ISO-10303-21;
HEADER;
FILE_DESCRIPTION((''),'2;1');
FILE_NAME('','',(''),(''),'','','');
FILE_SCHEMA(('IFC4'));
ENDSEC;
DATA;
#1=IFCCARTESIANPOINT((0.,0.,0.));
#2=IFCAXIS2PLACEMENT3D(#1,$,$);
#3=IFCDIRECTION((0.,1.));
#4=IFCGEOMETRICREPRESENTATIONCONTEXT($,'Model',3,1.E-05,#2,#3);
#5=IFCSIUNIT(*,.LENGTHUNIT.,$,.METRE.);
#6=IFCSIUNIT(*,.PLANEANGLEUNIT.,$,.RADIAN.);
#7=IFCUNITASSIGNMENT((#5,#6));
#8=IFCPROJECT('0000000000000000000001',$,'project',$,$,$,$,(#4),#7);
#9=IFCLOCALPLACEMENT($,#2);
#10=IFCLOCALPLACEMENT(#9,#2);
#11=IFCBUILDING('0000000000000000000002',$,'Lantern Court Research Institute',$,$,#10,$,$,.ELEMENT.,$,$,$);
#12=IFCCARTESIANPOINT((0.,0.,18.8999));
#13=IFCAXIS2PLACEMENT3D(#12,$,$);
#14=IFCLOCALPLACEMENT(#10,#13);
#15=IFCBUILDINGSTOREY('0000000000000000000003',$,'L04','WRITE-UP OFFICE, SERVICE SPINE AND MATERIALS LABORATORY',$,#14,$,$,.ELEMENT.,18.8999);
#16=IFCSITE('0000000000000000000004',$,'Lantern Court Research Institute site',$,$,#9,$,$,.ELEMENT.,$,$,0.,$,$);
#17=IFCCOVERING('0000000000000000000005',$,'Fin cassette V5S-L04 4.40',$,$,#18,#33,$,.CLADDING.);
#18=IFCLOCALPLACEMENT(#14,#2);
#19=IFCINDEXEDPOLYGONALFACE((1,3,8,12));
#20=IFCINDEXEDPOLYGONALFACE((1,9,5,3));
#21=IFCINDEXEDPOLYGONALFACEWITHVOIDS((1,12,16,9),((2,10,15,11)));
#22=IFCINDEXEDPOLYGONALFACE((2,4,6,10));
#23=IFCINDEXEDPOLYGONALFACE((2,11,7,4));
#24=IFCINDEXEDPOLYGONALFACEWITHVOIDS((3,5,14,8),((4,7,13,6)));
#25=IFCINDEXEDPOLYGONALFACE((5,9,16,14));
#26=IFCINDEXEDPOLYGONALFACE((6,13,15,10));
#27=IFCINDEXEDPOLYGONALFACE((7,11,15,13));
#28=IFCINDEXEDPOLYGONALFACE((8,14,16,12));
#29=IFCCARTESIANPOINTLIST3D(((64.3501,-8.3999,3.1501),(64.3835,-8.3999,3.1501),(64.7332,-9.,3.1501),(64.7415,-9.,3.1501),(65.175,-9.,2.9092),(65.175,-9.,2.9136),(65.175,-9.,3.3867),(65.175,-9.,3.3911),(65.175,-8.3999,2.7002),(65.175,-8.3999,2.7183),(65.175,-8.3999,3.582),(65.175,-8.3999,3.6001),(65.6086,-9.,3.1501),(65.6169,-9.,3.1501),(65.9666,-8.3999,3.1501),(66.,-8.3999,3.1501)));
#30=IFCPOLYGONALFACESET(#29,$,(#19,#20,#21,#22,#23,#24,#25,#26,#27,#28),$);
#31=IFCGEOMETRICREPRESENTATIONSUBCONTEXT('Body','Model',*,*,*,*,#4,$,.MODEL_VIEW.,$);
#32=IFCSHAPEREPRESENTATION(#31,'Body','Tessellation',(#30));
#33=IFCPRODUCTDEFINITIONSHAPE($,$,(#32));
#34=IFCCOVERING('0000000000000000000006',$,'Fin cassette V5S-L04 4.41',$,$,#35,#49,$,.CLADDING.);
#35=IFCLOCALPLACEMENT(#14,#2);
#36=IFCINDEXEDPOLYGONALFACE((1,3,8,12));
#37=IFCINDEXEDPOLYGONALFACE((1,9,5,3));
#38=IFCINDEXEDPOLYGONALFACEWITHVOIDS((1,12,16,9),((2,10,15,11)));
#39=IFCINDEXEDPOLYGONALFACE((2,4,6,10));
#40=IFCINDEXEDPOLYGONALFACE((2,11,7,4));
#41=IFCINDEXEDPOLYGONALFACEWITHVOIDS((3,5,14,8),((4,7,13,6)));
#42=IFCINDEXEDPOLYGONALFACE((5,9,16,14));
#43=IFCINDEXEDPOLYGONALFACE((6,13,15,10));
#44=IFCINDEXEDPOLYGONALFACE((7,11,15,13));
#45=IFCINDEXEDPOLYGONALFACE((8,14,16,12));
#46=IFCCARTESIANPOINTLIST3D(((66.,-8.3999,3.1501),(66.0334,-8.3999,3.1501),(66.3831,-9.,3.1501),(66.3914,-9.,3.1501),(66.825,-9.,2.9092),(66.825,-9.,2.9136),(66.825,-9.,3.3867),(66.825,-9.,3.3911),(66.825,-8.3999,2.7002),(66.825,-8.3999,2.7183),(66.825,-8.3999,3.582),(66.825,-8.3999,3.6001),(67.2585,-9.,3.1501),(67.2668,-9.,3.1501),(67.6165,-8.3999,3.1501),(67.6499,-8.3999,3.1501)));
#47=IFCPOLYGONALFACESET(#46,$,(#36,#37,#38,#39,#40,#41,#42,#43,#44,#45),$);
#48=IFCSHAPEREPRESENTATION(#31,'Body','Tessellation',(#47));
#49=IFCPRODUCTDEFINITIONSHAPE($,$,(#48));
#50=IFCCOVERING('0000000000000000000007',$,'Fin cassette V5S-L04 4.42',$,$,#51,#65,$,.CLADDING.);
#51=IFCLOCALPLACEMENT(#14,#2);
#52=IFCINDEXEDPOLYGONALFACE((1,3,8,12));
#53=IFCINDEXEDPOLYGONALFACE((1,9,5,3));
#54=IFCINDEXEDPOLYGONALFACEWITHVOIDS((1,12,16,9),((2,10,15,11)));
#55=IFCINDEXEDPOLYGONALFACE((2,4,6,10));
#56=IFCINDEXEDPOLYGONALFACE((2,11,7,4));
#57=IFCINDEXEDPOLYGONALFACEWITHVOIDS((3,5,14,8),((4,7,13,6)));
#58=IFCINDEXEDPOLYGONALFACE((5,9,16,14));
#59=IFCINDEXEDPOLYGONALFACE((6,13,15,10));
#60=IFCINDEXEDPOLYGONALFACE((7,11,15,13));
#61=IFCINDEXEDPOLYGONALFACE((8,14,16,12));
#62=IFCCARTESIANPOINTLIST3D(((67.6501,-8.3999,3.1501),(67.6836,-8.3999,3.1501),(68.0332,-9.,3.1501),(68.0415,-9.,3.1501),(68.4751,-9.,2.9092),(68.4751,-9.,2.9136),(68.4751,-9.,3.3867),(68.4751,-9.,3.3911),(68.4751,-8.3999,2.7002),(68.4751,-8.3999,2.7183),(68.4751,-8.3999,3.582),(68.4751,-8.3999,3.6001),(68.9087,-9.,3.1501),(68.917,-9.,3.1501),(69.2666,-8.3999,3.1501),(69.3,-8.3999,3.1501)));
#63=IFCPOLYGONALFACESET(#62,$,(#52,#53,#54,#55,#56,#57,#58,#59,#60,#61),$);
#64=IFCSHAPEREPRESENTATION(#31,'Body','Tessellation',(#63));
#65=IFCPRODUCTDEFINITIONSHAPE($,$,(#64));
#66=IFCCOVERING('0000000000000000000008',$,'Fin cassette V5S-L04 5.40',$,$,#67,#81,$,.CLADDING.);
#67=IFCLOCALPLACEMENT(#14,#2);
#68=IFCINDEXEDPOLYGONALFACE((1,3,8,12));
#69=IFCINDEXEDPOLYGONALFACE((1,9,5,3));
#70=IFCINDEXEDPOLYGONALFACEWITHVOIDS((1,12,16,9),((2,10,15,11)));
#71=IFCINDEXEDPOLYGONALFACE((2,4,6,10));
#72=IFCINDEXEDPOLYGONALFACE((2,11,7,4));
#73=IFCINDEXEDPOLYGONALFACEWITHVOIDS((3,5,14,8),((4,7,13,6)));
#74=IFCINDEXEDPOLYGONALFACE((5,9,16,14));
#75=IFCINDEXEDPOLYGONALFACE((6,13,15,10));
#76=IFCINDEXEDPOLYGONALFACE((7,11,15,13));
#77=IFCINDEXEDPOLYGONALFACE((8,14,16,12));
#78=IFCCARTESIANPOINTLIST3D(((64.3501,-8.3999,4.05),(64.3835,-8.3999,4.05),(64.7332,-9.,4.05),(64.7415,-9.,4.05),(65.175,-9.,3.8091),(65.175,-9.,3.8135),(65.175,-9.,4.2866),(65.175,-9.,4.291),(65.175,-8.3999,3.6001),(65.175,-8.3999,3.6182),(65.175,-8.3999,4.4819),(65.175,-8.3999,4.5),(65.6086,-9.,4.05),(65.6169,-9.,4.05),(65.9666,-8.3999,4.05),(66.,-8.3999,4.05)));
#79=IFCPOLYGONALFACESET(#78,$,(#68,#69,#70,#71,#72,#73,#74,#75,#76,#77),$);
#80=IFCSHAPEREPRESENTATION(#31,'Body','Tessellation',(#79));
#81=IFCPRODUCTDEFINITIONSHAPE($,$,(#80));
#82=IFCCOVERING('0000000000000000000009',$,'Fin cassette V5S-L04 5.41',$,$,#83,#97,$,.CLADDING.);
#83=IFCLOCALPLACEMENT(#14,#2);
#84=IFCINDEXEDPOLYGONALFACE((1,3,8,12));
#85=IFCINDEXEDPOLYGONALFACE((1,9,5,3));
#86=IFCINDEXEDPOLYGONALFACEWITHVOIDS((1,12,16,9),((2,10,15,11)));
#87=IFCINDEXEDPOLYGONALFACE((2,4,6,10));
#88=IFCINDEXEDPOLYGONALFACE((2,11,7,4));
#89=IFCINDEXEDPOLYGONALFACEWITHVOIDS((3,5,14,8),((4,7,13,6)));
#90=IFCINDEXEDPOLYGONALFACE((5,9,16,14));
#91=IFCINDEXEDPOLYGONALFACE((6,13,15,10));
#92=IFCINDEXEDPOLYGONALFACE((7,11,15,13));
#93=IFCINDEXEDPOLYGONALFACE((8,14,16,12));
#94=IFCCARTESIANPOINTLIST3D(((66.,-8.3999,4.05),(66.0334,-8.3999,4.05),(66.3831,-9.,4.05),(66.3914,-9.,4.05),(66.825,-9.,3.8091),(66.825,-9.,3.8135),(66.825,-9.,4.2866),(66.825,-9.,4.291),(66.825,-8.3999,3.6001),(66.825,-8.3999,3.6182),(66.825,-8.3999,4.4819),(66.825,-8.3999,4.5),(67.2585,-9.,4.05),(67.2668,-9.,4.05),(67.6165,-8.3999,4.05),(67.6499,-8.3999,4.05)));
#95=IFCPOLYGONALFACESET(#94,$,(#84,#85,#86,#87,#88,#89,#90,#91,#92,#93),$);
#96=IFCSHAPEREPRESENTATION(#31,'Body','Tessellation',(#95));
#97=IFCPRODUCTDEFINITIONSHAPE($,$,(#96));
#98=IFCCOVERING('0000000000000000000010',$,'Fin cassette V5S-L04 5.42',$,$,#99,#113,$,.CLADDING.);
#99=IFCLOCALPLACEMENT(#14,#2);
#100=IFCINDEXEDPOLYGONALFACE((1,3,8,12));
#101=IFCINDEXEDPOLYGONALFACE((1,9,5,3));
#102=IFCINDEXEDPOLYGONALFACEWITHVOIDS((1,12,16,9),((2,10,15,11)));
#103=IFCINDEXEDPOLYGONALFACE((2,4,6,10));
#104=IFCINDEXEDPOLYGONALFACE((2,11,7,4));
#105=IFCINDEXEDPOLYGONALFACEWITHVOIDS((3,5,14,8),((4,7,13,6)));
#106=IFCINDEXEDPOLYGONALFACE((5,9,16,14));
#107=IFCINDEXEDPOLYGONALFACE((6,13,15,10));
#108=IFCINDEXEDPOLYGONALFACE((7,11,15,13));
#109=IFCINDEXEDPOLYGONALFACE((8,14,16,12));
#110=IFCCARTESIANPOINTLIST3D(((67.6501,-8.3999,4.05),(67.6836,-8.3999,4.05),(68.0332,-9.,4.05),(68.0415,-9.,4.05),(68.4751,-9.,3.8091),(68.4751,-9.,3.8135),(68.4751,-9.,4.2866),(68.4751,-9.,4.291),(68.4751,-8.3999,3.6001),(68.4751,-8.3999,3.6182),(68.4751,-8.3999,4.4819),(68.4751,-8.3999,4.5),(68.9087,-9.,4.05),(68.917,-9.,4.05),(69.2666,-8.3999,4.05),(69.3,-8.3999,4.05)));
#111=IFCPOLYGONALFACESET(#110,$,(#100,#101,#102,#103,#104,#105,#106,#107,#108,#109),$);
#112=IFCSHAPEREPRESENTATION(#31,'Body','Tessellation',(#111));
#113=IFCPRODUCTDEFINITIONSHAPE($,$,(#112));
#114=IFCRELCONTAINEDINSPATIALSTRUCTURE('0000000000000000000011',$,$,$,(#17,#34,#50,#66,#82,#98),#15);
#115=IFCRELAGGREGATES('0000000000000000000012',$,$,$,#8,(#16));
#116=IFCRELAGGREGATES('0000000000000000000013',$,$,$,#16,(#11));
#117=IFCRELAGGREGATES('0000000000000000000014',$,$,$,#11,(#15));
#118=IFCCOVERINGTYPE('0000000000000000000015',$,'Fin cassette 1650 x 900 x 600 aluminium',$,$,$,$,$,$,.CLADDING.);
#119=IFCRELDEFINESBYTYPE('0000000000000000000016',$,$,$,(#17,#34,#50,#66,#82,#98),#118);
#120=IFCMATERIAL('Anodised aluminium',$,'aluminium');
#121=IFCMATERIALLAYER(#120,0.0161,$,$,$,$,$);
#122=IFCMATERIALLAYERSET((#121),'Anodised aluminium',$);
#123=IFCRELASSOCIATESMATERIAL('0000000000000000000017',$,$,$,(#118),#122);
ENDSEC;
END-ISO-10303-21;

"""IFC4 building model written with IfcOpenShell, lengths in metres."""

from ifc_helpers import new_model, entity, si_unit, direction, frame, origin, place, context, subcontext, project, spatial, material, layer, layer_set, type_object, element, save


model = new_model("IFC4")

# Units and contexts
model_context = context("Model", 3, precision=1e-05, world=origin(), true_north=direction((0.0, 1.0)))
body_context = subcontext(model_context, "Body", "Model", "MODEL_VIEW")
ifc_project = project(units=[si_unit("LENGTHUNIT", "METRE"), si_unit("PLANEANGLEUNIT", "RADIAN")], contexts=[model_context])

# Site, building, storey
site_placement = place(None, origin())
site = spatial("IfcSite", under=ifc_project, at=site_placement, Name="Lantern Court Research Institute site", CompositionType="ELEMENT", RefElevation=0.0)
building_placement = place(site_placement, origin())
building = spatial("IfcBuilding", under=site, at=building_placement, Name="Lantern Court Research Institute", CompositionType="ELEMENT")
storey_placement = place(building_placement, frame((0.0, 0.0, 18.8999)))
storey = spatial("IfcBuildingStorey", under=building, at=storey_placement, Name="L04", Description="WRITE-UP OFFICE, SERVICE SPINE AND MATERIALS LABORATORY", CompositionType="ELEMENT", Elevation=18.8999)

# Coverings
ifc_material_1 = material(Name="Anodised aluminium", Category="aluminium")
ifc_layer_1 = layer(ifc_material_1, 0.0161)
ifc_layer_set_1 = layer_set([ifc_layer_1], Name="Anodised aluminium")
covering_type = type_object("IfcCoveringType", Name="Fin cassette 1650 x 900 x 600 aluminium", PredefinedType="CLADDING", material=ifc_layer_set_1)
covering_1_placement = place(storey_placement, frame((65.175, -8.3999, 3.1501), z_axis=(0.0, -1.0, 0.0), x_axis=(1.0, 0.0, 0.0)))
cartesian_point_1 = entity("IfcCartesianPoint", [0.825, 0.0])
cartesian_point_2 = entity("IfcCartesianPoint", [0.7915, 0.0])
cartesian_point_3 = entity("IfcCartesianPoint", [0.4419, 0.0])
cartesian_point_4 = entity("IfcCartesianPoint", [0.4336, 0.0])
element("IfcCovering", 1, at=covering_1_placement, inside=storey, type_object=covering_type, Name="Fin cassette V5S-L04 4.40", PredefinedType="CLADDING", context=body_context, shape_type="SweptSolid", body=[
    entity("IfcExtrudedAreaSolidTapered", entity("IfcArbitraryProfileDefWithVoids", "AREA", None, entity("IfcPolyline", [cartesian_point_1, entity("IfcCartesianPoint", [0.0, 0.45]), entity("IfcCartesianPoint", [-0.825, 0.0]), entity("IfcCartesianPoint", [0.0, -0.45]), cartesian_point_1]), [entity("IfcPolyline", [cartesian_point_2, entity("IfcCartesianPoint", [0.0, 0.4319]), entity("IfcCartesianPoint", [-0.7915, 0.0]), entity("IfcCartesianPoint", [0.0, -0.4319]), cartesian_point_2])]), entity("IfcAxis2Placement3D", entity("IfcCartesianPoint", [0.0, 0.0, 0.0])), entity("IfcDirection", [0.0, 0.0, 1.0]), 0.6001, entity("IfcArbitraryProfileDefWithVoids", "AREA", None, entity("IfcPolyline", [cartesian_point_3, entity("IfcCartesianPoint", [0.0, 0.241]), entity("IfcCartesianPoint", [-0.4419, 0.0]), entity("IfcCartesianPoint", [0.0, -0.241]), cartesian_point_3]), [entity("IfcPolyline", [cartesian_point_4, entity("IfcCartesianPoint", [0.0, 0.2366]), entity("IfcCartesianPoint", [-0.4336, 0.0]), entity("IfcCartesianPoint", [0.0, -0.2366]), cartesian_point_4])])),
])
covering_2_placement = place(storey_placement, frame((66.825, -8.3999, 3.1501), z_axis=(0.0, -1.0, 0.0), x_axis=(1.0, 0.0, 0.0)))
cartesian_point_5 = entity("IfcCartesianPoint", [0.825, 0.0])
cartesian_point_6 = entity("IfcCartesianPoint", [0.7915, 0.0])
cartesian_point_7 = entity("IfcCartesianPoint", [0.4419, 0.0])
cartesian_point_8 = entity("IfcCartesianPoint", [0.4336, 0.0])
element("IfcCovering", 2, at=covering_2_placement, inside=storey, type_object=covering_type, Name="Fin cassette V5S-L04 4.41", PredefinedType="CLADDING", context=body_context, shape_type="SweptSolid", body=[
    entity("IfcExtrudedAreaSolidTapered", entity("IfcArbitraryProfileDefWithVoids", "AREA", None, entity("IfcPolyline", [cartesian_point_5, entity("IfcCartesianPoint", [0.0, 0.45]), entity("IfcCartesianPoint", [-0.825, 0.0]), entity("IfcCartesianPoint", [0.0, -0.45]), cartesian_point_5]), [entity("IfcPolyline", [cartesian_point_6, entity("IfcCartesianPoint", [0.0, 0.4319]), entity("IfcCartesianPoint", [-0.7915, 0.0]), entity("IfcCartesianPoint", [0.0, -0.4319]), cartesian_point_6])]), entity("IfcAxis2Placement3D", entity("IfcCartesianPoint", [0.0, 0.0, 0.0])), entity("IfcDirection", [0.0, 0.0, 1.0]), 0.6001, entity("IfcArbitraryProfileDefWithVoids", "AREA", None, entity("IfcPolyline", [cartesian_point_7, entity("IfcCartesianPoint", [0.0, 0.241]), entity("IfcCartesianPoint", [-0.4419, 0.0]), entity("IfcCartesianPoint", [0.0, -0.241]), cartesian_point_7]), [entity("IfcPolyline", [cartesian_point_8, entity("IfcCartesianPoint", [0.0, 0.2366]), entity("IfcCartesianPoint", [-0.4336, 0.0]), entity("IfcCartesianPoint", [0.0, -0.2366]), cartesian_point_8])])),
])
covering_3_placement = place(storey_placement, frame((68.4751, -8.3999, 3.1501), z_axis=(0.0, -1.0, 0.0), x_axis=(1.0, 0.0, 0.0)))
cartesian_point_9 = entity("IfcCartesianPoint", [0.825, 0.0])
cartesian_point_10 = entity("IfcCartesianPoint", [0.7915, 0.0])
cartesian_point_11 = entity("IfcCartesianPoint", [0.4419, 0.0])
cartesian_point_12 = entity("IfcCartesianPoint", [0.4336, 0.0])
element("IfcCovering", 3, at=covering_3_placement, inside=storey, type_object=covering_type, Name="Fin cassette V5S-L04 4.42", PredefinedType="CLADDING", context=body_context, shape_type="SweptSolid", body=[
    entity("IfcExtrudedAreaSolidTapered", entity("IfcArbitraryProfileDefWithVoids", "AREA", None, entity("IfcPolyline", [cartesian_point_9, entity("IfcCartesianPoint", [0.0, 0.45]), entity("IfcCartesianPoint", [-0.825, 0.0]), entity("IfcCartesianPoint", [0.0, -0.45]), cartesian_point_9]), [entity("IfcPolyline", [cartesian_point_10, entity("IfcCartesianPoint", [0.0, 0.4319]), entity("IfcCartesianPoint", [-0.7915, 0.0]), entity("IfcCartesianPoint", [0.0, -0.4319]), cartesian_point_10])]), entity("IfcAxis2Placement3D", entity("IfcCartesianPoint", [0.0, 0.0, 0.0])), entity("IfcDirection", [0.0, 0.0, 1.0]), 0.6001, entity("IfcArbitraryProfileDefWithVoids", "AREA", None, entity("IfcPolyline", [cartesian_point_11, entity("IfcCartesianPoint", [0.0, 0.241]), entity("IfcCartesianPoint", [-0.4419, 0.0]), entity("IfcCartesianPoint", [0.0, -0.241]), cartesian_point_11]), [entity("IfcPolyline", [cartesian_point_12, entity("IfcCartesianPoint", [0.0, 0.2366]), entity("IfcCartesianPoint", [-0.4336, 0.0]), entity("IfcCartesianPoint", [0.0, -0.2366]), cartesian_point_12])])),
])
covering_4_placement = place(storey_placement, frame((65.175, -8.3999, 4.05), z_axis=(0.0, -1.0, 0.0), x_axis=(1.0, 0.0, 0.0)))
cartesian_point_13 = entity("IfcCartesianPoint", [0.825, 0.0])
cartesian_point_14 = entity("IfcCartesianPoint", [0.7915, 0.0])
cartesian_point_15 = entity("IfcCartesianPoint", [0.4419, 0.0])
cartesian_point_16 = entity("IfcCartesianPoint", [0.4336, 0.0])
element("IfcCovering", 4, at=covering_4_placement, inside=storey, type_object=covering_type, Name="Fin cassette V5S-L04 5.40", PredefinedType="CLADDING", context=body_context, shape_type="SweptSolid", body=[
    entity("IfcExtrudedAreaSolidTapered", entity("IfcArbitraryProfileDefWithVoids", "AREA", None, entity("IfcPolyline", [cartesian_point_13, entity("IfcCartesianPoint", [0.0, 0.45]), entity("IfcCartesianPoint", [-0.825, 0.0]), entity("IfcCartesianPoint", [0.0, -0.45]), cartesian_point_13]), [entity("IfcPolyline", [cartesian_point_14, entity("IfcCartesianPoint", [0.0, 0.4319]), entity("IfcCartesianPoint", [-0.7915, 0.0]), entity("IfcCartesianPoint", [0.0, -0.4319]), cartesian_point_14])]), entity("IfcAxis2Placement3D", entity("IfcCartesianPoint", [0.0, 0.0, 0.0])), entity("IfcDirection", [0.0, 0.0, 1.0]), 0.6001, entity("IfcArbitraryProfileDefWithVoids", "AREA", None, entity("IfcPolyline", [cartesian_point_15, entity("IfcCartesianPoint", [0.0, 0.241]), entity("IfcCartesianPoint", [-0.4419, 0.0]), entity("IfcCartesianPoint", [0.0, -0.241]), cartesian_point_15]), [entity("IfcPolyline", [cartesian_point_16, entity("IfcCartesianPoint", [0.0, 0.2366]), entity("IfcCartesianPoint", [-0.4336, 0.0]), entity("IfcCartesianPoint", [0.0, -0.2366]), cartesian_point_16])])),
])
covering_5_placement = place(storey_placement, frame((66.825, -8.3999, 4.05), z_axis=(0.0, -1.0, 0.0), x_axis=(1.0, 0.0, 0.0)))
cartesian_point_17 = entity("IfcCartesianPoint", [0.825, 0.0])
cartesian_point_18 = entity("IfcCartesianPoint", [0.7915, 0.0])
cartesian_point_19 = entity("IfcCartesianPoint", [0.4419, 0.0])
cartesian_point_20 = entity("IfcCartesianPoint", [0.4336, 0.0])
element("IfcCovering", 5, at=covering_5_placement, inside=storey, type_object=covering_type, Name="Fin cassette V5S-L04 5.41", PredefinedType="CLADDING", context=body_context, shape_type="SweptSolid", body=[
    entity("IfcExtrudedAreaSolidTapered", entity("IfcArbitraryProfileDefWithVoids", "AREA", None, entity("IfcPolyline", [cartesian_point_17, entity("IfcCartesianPoint", [0.0, 0.45]), entity("IfcCartesianPoint", [-0.825, 0.0]), entity("IfcCartesianPoint", [0.0, -0.45]), cartesian_point_17]), [entity("IfcPolyline", [cartesian_point_18, entity("IfcCartesianPoint", [0.0, 0.4319]), entity("IfcCartesianPoint", [-0.7915, 0.0]), entity("IfcCartesianPoint", [0.0, -0.4319]), cartesian_point_18])]), entity("IfcAxis2Placement3D", entity("IfcCartesianPoint", [0.0, 0.0, 0.0])), entity("IfcDirection", [0.0, 0.0, 1.0]), 0.6001, entity("IfcArbitraryProfileDefWithVoids", "AREA", None, entity("IfcPolyline", [cartesian_point_19, entity("IfcCartesianPoint", [0.0, 0.241]), entity("IfcCartesianPoint", [-0.4419, 0.0]), entity("IfcCartesianPoint", [0.0, -0.241]), cartesian_point_19]), [entity("IfcPolyline", [cartesian_point_20, entity("IfcCartesianPoint", [0.0, 0.2366]), entity("IfcCartesianPoint", [-0.4336, 0.0]), entity("IfcCartesianPoint", [0.0, -0.2366]), cartesian_point_20])])),
])
covering_6_placement = place(storey_placement, frame((68.4751, -8.3999, 4.05), z_axis=(0.0, -1.0, 0.0), x_axis=(1.0, 0.0, 0.0)))
cartesian_point_21 = entity("IfcCartesianPoint", [0.825, 0.0])
cartesian_point_22 = entity("IfcCartesianPoint", [0.7915, 0.0])
cartesian_point_23 = entity("IfcCartesianPoint", [0.4419, 0.0])
cartesian_point_24 = entity("IfcCartesianPoint", [0.4336, 0.0])
element("IfcCovering", 6, at=covering_6_placement, inside=storey, type_object=covering_type, Name="Fin cassette V5S-L04 5.42", PredefinedType="CLADDING", context=body_context, shape_type="SweptSolid", body=[
    entity("IfcExtrudedAreaSolidTapered", entity("IfcArbitraryProfileDefWithVoids", "AREA", None, entity("IfcPolyline", [cartesian_point_21, entity("IfcCartesianPoint", [0.0, 0.45]), entity("IfcCartesianPoint", [-0.825, 0.0]), entity("IfcCartesianPoint", [0.0, -0.45]), cartesian_point_21]), [entity("IfcPolyline", [cartesian_point_22, entity("IfcCartesianPoint", [0.0, 0.4319]), entity("IfcCartesianPoint", [-0.7915, 0.0]), entity("IfcCartesianPoint", [0.0, -0.4319]), cartesian_point_22])]), entity("IfcAxis2Placement3D", entity("IfcCartesianPoint", [0.0, 0.0, 0.0])), entity("IfcDirection", [0.0, 0.0, 1.0]), 0.6001, entity("IfcArbitraryProfileDefWithVoids", "AREA", None, entity("IfcPolyline", [cartesian_point_23, entity("IfcCartesianPoint", [0.0, 0.241]), entity("IfcCartesianPoint", [-0.4419, 0.0]), entity("IfcCartesianPoint", [0.0, -0.241]), cartesian_point_23]), [entity("IfcPolyline", [cartesian_point_24, entity("IfcCartesianPoint", [0.0, 0.2366]), entity("IfcCartesianPoint", [-0.4336, 0.0]), entity("IfcCartesianPoint", [0.0, -0.2366]), cartesian_point_24])])),
])

save(model, "model.ifc")
